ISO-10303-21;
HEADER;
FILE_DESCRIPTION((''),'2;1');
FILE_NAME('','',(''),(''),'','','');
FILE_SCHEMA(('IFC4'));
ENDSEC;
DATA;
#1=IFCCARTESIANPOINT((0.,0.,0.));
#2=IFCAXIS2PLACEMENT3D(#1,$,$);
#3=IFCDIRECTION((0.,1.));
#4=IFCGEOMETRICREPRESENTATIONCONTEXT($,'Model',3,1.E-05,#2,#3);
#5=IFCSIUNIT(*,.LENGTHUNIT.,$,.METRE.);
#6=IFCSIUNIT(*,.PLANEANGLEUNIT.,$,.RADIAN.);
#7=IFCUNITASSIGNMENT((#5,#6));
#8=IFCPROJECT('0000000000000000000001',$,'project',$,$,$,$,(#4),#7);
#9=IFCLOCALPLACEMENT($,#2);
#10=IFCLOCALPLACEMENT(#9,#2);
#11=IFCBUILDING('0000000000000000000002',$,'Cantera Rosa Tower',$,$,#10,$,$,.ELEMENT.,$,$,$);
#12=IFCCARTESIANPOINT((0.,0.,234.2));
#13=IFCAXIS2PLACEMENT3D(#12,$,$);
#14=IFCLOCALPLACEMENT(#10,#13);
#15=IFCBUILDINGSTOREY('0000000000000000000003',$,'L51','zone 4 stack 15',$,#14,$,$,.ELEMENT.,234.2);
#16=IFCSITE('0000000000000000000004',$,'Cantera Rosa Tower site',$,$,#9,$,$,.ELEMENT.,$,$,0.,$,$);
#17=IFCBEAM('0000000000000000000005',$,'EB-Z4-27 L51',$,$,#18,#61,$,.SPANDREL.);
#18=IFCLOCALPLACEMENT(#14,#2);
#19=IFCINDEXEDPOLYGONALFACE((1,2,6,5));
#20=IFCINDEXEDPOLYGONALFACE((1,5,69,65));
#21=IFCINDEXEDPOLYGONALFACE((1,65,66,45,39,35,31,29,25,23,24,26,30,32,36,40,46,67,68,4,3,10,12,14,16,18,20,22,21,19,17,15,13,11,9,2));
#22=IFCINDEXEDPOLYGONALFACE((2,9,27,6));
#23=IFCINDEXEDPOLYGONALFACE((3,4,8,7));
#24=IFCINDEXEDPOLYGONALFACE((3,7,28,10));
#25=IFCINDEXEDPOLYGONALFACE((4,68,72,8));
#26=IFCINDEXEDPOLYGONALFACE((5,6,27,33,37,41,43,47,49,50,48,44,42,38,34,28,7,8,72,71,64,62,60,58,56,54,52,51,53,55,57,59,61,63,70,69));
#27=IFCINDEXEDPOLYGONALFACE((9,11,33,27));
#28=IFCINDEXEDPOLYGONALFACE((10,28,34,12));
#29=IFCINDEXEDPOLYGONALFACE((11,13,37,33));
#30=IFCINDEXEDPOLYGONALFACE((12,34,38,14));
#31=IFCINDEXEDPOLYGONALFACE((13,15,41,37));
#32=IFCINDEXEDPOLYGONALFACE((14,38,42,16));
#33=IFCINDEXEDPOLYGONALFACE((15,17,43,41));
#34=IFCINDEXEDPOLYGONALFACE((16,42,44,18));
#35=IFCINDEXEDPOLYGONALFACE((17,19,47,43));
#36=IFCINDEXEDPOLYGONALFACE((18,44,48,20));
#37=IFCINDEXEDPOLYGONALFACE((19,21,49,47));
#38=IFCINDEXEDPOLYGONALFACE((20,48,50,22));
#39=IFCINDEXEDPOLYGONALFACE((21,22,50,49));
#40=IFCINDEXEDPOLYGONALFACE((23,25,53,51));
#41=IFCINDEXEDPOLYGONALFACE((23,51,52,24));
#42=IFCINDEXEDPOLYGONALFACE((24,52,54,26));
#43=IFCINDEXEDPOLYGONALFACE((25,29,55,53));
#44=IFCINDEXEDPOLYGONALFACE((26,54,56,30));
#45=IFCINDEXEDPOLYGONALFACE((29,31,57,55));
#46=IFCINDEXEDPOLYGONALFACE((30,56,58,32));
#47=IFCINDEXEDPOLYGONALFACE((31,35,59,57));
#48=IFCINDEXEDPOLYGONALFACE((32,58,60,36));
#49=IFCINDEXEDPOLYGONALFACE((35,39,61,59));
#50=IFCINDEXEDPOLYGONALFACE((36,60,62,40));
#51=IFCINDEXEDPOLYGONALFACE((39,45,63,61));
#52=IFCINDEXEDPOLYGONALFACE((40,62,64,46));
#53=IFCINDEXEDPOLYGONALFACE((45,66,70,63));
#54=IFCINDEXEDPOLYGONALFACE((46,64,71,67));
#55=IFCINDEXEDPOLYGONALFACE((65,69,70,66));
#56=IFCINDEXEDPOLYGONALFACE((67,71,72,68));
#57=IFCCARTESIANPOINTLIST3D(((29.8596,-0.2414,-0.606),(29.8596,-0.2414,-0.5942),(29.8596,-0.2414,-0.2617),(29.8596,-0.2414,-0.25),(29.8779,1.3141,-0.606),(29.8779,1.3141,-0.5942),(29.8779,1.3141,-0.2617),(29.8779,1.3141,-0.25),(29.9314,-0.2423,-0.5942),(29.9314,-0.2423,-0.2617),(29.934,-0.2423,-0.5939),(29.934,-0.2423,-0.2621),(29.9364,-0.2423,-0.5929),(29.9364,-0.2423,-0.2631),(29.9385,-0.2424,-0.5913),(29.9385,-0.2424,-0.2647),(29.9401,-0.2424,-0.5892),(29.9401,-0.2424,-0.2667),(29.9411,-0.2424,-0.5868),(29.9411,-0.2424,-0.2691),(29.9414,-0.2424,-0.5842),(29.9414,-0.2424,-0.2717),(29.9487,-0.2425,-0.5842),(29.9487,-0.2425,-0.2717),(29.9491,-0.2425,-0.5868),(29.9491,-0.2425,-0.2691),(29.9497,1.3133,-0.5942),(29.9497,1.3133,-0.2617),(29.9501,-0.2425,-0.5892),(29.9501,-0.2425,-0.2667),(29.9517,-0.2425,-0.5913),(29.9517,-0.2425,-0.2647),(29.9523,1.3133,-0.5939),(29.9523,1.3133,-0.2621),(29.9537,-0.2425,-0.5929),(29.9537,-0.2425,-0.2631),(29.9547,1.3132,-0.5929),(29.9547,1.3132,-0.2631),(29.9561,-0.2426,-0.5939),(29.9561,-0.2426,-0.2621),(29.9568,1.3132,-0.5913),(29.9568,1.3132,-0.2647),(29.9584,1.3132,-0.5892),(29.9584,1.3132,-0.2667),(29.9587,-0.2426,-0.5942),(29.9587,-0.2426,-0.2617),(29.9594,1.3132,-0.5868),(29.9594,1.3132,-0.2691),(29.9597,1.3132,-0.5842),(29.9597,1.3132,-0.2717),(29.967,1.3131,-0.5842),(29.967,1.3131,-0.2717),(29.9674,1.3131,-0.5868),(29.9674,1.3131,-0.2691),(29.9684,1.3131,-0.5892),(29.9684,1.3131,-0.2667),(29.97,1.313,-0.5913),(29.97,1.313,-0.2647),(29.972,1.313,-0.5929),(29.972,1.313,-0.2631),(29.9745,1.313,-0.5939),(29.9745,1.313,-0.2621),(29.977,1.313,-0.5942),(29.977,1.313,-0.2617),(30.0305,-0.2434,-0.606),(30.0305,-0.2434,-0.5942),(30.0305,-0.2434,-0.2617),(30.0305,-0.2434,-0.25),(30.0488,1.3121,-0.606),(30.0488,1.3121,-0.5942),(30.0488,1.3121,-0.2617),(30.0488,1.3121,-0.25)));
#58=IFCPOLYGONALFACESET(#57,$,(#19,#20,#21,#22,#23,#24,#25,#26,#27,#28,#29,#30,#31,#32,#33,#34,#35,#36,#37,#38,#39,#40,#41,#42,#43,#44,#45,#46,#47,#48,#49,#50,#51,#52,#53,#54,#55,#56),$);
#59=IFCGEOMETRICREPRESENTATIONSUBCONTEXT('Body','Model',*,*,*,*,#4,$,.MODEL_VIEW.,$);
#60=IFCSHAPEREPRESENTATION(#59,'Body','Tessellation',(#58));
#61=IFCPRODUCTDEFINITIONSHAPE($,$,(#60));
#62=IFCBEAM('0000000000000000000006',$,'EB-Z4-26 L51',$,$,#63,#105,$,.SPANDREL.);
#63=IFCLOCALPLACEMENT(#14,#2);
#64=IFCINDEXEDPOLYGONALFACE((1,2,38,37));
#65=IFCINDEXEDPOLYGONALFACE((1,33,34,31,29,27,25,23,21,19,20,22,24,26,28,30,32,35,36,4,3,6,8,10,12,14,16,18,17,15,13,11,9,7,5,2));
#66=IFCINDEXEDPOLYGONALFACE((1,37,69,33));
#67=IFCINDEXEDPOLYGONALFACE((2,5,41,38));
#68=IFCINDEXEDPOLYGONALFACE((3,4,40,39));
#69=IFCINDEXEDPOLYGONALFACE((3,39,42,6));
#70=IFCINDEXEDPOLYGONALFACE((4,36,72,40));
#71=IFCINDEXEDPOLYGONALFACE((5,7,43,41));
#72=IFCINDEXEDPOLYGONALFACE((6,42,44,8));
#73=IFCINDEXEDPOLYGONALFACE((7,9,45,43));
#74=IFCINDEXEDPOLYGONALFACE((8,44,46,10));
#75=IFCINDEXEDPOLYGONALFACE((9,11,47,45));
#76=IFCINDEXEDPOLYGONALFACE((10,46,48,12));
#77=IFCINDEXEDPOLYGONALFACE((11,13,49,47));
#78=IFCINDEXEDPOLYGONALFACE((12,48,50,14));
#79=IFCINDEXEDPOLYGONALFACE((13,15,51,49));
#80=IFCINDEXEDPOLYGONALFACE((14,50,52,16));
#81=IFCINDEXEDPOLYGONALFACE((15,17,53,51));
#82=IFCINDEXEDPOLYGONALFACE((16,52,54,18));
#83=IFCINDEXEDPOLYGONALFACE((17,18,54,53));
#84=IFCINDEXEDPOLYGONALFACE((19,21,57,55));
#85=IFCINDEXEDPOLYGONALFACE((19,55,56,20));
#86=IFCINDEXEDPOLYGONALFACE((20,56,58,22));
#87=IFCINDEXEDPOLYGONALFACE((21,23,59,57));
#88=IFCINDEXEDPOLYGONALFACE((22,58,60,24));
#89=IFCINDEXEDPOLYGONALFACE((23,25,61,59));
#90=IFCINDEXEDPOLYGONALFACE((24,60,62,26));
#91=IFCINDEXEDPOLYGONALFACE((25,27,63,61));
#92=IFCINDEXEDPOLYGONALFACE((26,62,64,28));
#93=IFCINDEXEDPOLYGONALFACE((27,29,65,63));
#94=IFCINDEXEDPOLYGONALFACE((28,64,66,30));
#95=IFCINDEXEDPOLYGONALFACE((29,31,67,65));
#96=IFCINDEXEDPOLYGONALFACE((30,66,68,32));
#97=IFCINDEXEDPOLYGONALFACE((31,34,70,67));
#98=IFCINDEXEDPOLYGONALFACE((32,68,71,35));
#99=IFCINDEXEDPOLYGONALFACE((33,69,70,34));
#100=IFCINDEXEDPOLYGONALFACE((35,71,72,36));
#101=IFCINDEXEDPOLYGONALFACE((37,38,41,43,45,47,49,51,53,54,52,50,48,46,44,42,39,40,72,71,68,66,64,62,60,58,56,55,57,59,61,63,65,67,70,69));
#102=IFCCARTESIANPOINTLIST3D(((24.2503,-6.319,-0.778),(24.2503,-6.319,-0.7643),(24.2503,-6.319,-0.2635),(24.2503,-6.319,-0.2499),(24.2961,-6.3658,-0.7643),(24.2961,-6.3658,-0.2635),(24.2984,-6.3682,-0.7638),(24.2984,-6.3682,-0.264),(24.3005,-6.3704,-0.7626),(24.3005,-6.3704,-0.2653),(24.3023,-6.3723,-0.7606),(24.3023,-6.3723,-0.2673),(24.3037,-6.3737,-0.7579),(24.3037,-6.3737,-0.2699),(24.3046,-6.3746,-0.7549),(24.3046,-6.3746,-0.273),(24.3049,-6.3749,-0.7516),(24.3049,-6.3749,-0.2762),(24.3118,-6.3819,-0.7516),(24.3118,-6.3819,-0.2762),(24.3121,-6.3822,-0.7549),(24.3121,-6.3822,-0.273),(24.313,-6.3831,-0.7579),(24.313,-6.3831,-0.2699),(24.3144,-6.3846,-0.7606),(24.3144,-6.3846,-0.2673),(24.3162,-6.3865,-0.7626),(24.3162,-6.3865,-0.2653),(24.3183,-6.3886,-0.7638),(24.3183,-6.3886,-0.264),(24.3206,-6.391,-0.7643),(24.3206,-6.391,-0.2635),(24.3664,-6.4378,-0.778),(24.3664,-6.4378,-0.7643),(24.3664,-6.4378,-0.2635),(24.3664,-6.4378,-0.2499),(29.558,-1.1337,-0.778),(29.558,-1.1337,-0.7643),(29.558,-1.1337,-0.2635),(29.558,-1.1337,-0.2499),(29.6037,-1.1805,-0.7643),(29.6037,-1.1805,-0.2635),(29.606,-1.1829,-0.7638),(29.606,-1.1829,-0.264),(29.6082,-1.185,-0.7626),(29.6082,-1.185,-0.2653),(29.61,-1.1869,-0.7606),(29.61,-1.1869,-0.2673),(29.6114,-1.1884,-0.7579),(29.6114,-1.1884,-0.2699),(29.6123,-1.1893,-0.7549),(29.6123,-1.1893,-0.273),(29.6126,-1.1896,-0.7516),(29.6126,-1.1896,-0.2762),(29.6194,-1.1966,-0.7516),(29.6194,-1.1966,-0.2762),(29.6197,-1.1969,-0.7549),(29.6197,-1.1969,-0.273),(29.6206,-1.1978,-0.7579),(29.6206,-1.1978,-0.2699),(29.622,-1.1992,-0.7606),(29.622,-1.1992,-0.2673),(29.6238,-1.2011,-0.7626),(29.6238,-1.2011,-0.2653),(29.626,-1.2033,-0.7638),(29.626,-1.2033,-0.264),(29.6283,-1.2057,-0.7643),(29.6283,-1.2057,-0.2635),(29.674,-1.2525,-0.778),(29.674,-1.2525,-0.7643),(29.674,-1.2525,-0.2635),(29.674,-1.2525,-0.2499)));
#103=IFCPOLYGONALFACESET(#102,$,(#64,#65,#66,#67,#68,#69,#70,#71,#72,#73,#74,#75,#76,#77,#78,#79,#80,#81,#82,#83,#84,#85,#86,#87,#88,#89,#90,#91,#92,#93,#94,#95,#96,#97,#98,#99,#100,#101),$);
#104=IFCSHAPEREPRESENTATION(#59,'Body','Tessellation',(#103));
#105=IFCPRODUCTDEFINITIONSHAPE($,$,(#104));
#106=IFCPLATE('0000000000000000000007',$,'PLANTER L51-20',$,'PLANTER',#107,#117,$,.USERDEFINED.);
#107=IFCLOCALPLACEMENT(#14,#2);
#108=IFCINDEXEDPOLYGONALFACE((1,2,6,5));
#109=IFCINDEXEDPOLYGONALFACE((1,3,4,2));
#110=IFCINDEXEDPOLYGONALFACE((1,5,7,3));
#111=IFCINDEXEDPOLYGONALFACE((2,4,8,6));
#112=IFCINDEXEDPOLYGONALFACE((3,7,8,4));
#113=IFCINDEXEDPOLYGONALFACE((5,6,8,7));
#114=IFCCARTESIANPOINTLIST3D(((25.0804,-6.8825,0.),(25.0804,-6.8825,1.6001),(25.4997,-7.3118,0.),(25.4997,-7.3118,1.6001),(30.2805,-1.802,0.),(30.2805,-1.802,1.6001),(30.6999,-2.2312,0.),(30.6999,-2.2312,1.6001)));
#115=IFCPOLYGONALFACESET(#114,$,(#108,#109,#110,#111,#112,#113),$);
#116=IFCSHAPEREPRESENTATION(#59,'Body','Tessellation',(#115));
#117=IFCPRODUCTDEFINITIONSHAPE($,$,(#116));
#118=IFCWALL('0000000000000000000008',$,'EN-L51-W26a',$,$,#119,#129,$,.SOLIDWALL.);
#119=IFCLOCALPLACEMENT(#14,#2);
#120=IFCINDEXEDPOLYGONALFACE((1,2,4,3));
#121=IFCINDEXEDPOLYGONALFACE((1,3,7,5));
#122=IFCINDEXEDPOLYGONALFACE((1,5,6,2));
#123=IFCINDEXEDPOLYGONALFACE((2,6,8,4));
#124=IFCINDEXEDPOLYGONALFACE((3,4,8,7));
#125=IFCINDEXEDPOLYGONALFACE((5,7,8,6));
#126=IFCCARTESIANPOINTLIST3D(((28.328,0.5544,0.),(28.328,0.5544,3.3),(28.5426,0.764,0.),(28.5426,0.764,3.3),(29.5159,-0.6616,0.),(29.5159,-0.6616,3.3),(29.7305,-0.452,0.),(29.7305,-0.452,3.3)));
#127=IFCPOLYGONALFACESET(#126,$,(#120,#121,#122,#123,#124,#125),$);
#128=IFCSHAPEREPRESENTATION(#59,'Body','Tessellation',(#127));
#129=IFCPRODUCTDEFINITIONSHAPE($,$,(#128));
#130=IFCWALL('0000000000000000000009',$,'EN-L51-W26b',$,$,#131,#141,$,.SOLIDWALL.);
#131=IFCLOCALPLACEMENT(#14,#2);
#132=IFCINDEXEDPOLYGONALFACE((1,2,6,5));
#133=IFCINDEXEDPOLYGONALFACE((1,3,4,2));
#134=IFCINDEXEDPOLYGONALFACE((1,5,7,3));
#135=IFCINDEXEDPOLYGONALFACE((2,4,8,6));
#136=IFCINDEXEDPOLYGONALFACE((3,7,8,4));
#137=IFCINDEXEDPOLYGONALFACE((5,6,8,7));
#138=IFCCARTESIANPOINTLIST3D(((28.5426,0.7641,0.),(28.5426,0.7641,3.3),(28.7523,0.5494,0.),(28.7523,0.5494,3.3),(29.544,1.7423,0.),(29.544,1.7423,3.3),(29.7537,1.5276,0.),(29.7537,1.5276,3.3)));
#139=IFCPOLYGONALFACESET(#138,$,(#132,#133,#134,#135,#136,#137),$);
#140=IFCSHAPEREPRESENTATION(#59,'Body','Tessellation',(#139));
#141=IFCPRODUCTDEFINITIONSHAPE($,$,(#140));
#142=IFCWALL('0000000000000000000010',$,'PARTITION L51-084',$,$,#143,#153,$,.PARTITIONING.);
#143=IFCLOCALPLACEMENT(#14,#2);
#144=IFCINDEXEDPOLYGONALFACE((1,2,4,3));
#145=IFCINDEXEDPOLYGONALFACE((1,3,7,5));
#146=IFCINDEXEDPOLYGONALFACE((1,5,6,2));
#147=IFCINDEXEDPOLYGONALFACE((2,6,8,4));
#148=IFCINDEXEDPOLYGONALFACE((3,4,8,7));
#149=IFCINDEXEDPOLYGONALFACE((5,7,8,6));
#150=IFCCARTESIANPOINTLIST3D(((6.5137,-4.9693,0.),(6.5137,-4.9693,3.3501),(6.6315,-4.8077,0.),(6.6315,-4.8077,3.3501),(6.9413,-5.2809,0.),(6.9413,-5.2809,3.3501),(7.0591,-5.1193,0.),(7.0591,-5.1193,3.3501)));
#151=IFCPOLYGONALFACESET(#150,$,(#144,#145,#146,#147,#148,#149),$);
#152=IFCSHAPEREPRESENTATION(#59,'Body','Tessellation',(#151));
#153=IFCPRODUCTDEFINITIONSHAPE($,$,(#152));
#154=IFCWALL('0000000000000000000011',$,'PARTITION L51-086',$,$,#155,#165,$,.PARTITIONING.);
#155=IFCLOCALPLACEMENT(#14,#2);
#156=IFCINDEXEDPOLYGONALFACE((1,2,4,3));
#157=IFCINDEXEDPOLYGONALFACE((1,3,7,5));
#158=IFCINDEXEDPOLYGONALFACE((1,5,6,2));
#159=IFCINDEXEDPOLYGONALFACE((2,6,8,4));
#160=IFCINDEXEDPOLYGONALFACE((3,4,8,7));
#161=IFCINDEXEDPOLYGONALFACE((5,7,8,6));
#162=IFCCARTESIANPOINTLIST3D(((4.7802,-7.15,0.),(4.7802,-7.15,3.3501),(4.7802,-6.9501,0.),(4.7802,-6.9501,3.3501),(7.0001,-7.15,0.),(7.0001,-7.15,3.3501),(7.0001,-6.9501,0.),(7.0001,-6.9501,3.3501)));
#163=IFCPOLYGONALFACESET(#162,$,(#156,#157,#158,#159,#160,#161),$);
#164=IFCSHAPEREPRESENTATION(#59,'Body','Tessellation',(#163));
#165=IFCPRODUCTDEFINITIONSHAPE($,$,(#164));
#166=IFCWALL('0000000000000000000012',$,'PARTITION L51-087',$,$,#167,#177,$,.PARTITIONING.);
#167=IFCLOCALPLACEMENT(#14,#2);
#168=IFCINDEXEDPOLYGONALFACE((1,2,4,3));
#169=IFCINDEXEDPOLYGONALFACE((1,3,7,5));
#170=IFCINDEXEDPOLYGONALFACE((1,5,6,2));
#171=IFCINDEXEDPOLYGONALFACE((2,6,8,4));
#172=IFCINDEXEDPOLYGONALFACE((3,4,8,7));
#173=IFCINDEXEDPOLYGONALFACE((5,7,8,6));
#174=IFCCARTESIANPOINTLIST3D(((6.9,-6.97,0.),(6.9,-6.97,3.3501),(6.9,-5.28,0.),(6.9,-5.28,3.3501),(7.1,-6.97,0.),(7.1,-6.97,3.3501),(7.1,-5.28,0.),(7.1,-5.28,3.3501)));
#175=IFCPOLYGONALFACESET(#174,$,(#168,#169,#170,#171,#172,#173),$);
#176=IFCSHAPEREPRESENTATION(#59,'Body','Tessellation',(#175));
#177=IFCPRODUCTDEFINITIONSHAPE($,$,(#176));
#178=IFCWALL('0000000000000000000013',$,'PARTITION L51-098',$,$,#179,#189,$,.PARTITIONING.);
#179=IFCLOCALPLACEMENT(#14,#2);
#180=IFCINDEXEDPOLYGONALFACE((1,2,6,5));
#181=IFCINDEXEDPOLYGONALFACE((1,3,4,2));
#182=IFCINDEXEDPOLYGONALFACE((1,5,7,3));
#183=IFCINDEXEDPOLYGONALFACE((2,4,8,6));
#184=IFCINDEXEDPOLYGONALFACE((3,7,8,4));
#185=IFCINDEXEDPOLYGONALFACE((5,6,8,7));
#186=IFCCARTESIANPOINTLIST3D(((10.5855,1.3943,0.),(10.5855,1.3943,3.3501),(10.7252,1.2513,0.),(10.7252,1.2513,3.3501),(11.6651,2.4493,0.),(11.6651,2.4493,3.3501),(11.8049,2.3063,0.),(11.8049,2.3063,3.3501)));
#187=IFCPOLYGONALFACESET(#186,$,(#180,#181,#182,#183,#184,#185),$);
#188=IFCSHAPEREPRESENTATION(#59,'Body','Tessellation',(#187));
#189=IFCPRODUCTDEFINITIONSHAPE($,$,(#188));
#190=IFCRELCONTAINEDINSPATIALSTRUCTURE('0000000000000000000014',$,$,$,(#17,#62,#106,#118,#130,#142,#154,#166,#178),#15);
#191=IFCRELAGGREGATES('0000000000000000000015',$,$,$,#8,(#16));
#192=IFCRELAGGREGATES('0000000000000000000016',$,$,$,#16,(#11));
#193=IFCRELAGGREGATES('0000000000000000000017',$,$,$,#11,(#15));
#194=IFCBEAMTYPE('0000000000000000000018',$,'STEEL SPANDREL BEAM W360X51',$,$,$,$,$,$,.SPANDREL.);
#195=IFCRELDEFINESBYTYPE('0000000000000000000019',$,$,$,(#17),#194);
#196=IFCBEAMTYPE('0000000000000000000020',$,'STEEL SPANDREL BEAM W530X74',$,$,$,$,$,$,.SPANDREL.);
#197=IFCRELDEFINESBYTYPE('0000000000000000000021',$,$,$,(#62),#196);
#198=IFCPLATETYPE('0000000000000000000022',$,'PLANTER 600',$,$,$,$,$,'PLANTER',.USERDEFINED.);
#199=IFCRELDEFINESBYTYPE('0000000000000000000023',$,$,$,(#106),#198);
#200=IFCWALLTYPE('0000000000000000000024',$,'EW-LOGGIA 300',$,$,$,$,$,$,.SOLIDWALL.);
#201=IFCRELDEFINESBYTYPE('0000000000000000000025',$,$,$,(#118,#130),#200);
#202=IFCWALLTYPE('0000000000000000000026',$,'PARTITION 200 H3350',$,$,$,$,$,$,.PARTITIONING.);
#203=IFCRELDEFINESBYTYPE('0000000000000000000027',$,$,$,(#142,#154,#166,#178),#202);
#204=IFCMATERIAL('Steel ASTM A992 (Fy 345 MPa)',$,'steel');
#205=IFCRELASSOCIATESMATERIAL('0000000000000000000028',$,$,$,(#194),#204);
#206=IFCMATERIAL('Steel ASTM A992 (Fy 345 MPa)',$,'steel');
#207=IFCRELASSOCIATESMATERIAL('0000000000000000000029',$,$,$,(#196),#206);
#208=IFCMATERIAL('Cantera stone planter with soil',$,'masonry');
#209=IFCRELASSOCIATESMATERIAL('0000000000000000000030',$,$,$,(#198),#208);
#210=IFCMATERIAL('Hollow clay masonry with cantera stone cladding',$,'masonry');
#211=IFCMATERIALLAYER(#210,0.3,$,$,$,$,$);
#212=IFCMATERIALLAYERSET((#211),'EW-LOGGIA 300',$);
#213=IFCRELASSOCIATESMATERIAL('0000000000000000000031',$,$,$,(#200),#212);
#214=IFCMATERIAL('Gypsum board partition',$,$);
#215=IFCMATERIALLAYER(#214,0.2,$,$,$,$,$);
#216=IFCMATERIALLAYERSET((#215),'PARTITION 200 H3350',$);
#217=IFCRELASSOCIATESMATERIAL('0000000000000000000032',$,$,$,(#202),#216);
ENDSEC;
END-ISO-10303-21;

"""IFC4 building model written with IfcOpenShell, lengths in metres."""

from ifc_helpers import new_model, si_unit, direction, frame, frame_2d, origin, origin_2d, place, context, subcontext, project, spatial, rectangle, i_section, extrude, material, layer, layer_set, material_profile, profile_set, type_object, element, save


model = new_model("IFC4")

# Units and contexts
model_context = context("Model", 3, precision=1e-05, world=origin(), true_north=direction((0.0, 1.0)))
body_context = subcontext(model_context, "Body", "Model", "MODEL_VIEW")
ifc_project = project(units=[si_unit("LENGTHUNIT", "METRE"), si_unit("PLANEANGLEUNIT", "RADIAN")], contexts=[model_context])

# Site, building, storey
site_placement = place(None, origin())
site = spatial("IfcSite", under=ifc_project, at=site_placement, Name="Cantera Rosa Tower site", CompositionType="ELEMENT", RefElevation=0.0)
building_placement = place(site_placement, origin())
building = spatial("IfcBuilding", under=site, at=building_placement, Name="Cantera Rosa Tower", CompositionType="ELEMENT")
storey_placement = place(building_placement, frame((0.0, 0.0, 234.2)))
storey = spatial("IfcBuildingStorey", under=building, at=storey_placement, Name="L51", Description="zone 4 stack 15", CompositionType="ELEMENT", Elevation=234.2)

# Beams
ifc_material_1 = material(Name="Steel ASTM A992 (Fy 345 MPa)", Category="steel")
ifc_material_profile_1 = material_profile(ifc_material_1, i_section(OverallWidth=0.1709, OverallDepth=0.356, WebThickness=0.0073, FlangeThickness=0.0117, FilletRadius=0.01, at=origin_2d()), Name="W360X51")
ifc_profile_set_1 = profile_set([ifc_material_profile_1], Name="Steel ASTM A992 (Fy 345 MPa)")
beam_type_1 = type_object("IfcBeamType", Name="STEEL SPANDREL BEAM W360X51", PredefinedType="SPANDREL", material=ifc_profile_set_1)
beam_1_placement = place(storey_placement, frame((29.9451, -0.2424, -0.428), z_axis=(0.011769, 0.999931, 0.0), x_axis=(-0.999931, 0.011769, 0.0)))
element("IfcBeam", 1, at=beam_1_placement, inside=storey, type_object=beam_type_1, Name="EB-Z4-27 L51", PredefinedType="SPANDREL", context=body_context, shape_type="SweptSolid", body=[
    extrude(i_section(OverallWidth=0.1709, OverallDepth=0.356, WebThickness=0.0073, FlangeThickness=0.0117, FilletRadius=0.01, at=origin_2d()), origin(), (0.0, 0.0, 1.0), 1.5557),
])
ifc_material_2 = material(Name="Steel ASTM A992 (Fy 345 MPa)", Category="steel")
ifc_material_profile_2 = material_profile(ifc_material_2, i_section(OverallWidth=0.166, OverallDepth=0.5281, WebThickness=0.0098, FlangeThickness=0.0137, FilletRadius=0.0127, at=origin_2d()), Name="W530X74")
ifc_profile_set_2 = profile_set([ifc_material_profile_2], Name="Steel ASTM A992 (Fy 345 MPa)")
beam_type_2 = type_object("IfcBeamType", Name="STEEL SPANDREL BEAM W530X74", PredefinedType="SPANDREL", material=ifc_profile_set_2)
beam_2_placement = place(storey_placement, frame((24.3083, -6.3784, -0.5139), z_axis=(0.715301, 0.698817, 0.0), x_axis=(-0.698817, 0.715301, 0.0)))
element("IfcBeam", 2, at=beam_2_placement, inside=storey, type_object=beam_type_2, Name="EB-Z4-26 L51", PredefinedType="SPANDREL", context=body_context, shape_type="SweptSolid", body=[
    extrude(i_section(OverallWidth=0.166, OverallDepth=0.5281, WebThickness=0.0098, FlangeThickness=0.0137, FilletRadius=0.0127, at=origin_2d()), origin(), (0.0, 0.0, 1.0), 7.4202),
])

# Plate
ifc_material_3 = material(Name="Cantera stone planter with soil", Category="masonry")
plate_type = type_object("IfcPlateType", Name="PLANTER 600", ElementType="PLANTER", PredefinedType="USERDEFINED", material=ifc_material_3)
plate_placement = place(storey_placement, frame((27.8901, -4.5569, 0.0), z_axis=(0.0, 0.0, 1.0), x_axis=(0.715286, 0.698832, 0.0)))
element("IfcPlate", 3, at=plate_placement, inside=storey, type_object=plate_type, Name="PLANTER L51-20", ObjectType="PLANTER", PredefinedType="USERDEFINED", context=body_context, shape_type="SweptSolid", body=[
    extrude(rectangle(XDim=7.27, YDim=0.6001, at=origin_2d()), origin(), (0.0, 0.0, 1.0), 1.6001),
])

# Walls
ifc_material_4 = material(Name="Hollow clay masonry with cantera stone cladding", Category="masonry")
ifc_layer_1 = layer(ifc_material_4, 0.3)
ifc_layer_set_1 = layer_set([ifc_layer_1], Name="EW-LOGGIA 300")
wall_type_1 = type_object("IfcWallType", Name="EW-LOGGIA 300", PredefinedType="SOLIDWALL", material=ifc_layer_set_1)
wall_1_placement = place(storey_placement, frame((29.6233, -0.5569, 0.0), z_axis=(0.0, 0.0, 1.0), x_axis=(-0.698801, 0.715316, 0.0)))
element("IfcWall", 4, at=wall_1_placement, inside=storey, type_object=wall_type_1, Name="EN-L51-W26a", PredefinedType="SOLIDWALL", context=body_context, shape_type="SweptSolid", body=[
    extrude(rectangle(XDim=1.7, YDim=0.3, at=frame_2d((0.8501, 0.0))), origin(), (0.0, 0.0, 1.0), 3.3),
])
wall_2_placement = place(storey_placement, frame((28.6475, 0.6567, 0.0), z_axis=(0.0, 0.0, 1.0), x_axis=(0.715342, 0.698775, 0.0)))
element("IfcWall", 5, at=wall_2_placement, inside=storey, type_object=wall_type_1, Name="EN-L51-W26b", PredefinedType="SOLIDWALL", context=body_context, shape_type="SweptSolid", body=[
    extrude(rectangle(XDim=1.3999, YDim=0.3, at=frame_2d((0.7, 0.0))), origin(), (0.0, 0.0, 1.0), 3.3),
])

# Walls
ifc_material_5 = material(Name="Gypsum board partition")
ifc_layer_2 = layer(ifc_material_5, 0.2)
ifc_layer_set_2 = layer_set([ifc_layer_2], Name="PARTITION 200 H3350")
wall_type_2 = type_object("IfcWallType", Name="PARTITION 200 H3350", PredefinedType="PARTITIONING", material=ifc_layer_set_2)
wall_3_placement = place(storey_placement, frame((6.5725, -4.8884, 0.0), z_axis=(0.0, 0.0, 1.0), x_axis=(0.808177, -0.58894, 0.0)))
element("IfcWall", 6, at=wall_3_placement, inside=storey, type_object=wall_type_2, Name="PARTITION L51-084", PredefinedType="PARTITIONING", context=body_context, shape_type="SweptSolid", body=[
    extrude(rectangle(XDim=0.5291, YDim=0.2, at=frame_2d((0.2646, 0.0))), origin(), (0.0, 0.0, 1.0), 3.3501),
])
wall_4_placement = place(storey_placement, frame((7.0, -7.05, 0.0), z_axis=(0.0, 0.0, 1.0), x_axis=(-1.0, 0.0, 0.0)))
element("IfcWall", 7, at=wall_4_placement, inside=storey, type_object=wall_type_2, Name="PARTITION L51-086", PredefinedType="PARTITIONING", context=body_context, shape_type="SweptSolid", body=[
    extrude(rectangle(XDim=2.22, YDim=0.2, at=frame_2d((1.1099, 0.0))), origin(), (0.0, 0.0, 1.0), 3.3501),
])
wall_5_placement = place(storey_placement, frame((7.0, -5.28, 0.0), z_axis=(0.0, 0.0, 1.0), x_axis=(0.0, -1.0, 0.0)))
element("IfcWall", 8, at=wall_5_placement, inside=storey, type_object=wall_type_2, Name="PARTITION L51-087", PredefinedType="PARTITIONING", context=body_context, shape_type="SweptSolid", body=[
    extrude(rectangle(XDim=1.6899, YDim=0.2, at=frame_2d((0.845, 0.0))), origin(), (0.0, 0.0, 1.0), 3.3501),
])
wall_6_placement = place(storey_placement, frame((10.6553, 1.3228, 0.0), z_axis=(0.0, 0.0, 1.0), x_axis=(0.715228, 0.698892, 0.0)))
element("IfcWall", 9, at=wall_6_placement, inside=storey, type_object=wall_type_2, Name="PARTITION L51-098", PredefinedType="PARTITIONING", context=body_context, shape_type="SweptSolid", body=[
    extrude(rectangle(XDim=1.5095, YDim=0.2, at=frame_2d((0.7549, 0.0))), origin(), (0.0, 0.0, 1.0), 3.3501),
])

save(model, "model.ifc")
